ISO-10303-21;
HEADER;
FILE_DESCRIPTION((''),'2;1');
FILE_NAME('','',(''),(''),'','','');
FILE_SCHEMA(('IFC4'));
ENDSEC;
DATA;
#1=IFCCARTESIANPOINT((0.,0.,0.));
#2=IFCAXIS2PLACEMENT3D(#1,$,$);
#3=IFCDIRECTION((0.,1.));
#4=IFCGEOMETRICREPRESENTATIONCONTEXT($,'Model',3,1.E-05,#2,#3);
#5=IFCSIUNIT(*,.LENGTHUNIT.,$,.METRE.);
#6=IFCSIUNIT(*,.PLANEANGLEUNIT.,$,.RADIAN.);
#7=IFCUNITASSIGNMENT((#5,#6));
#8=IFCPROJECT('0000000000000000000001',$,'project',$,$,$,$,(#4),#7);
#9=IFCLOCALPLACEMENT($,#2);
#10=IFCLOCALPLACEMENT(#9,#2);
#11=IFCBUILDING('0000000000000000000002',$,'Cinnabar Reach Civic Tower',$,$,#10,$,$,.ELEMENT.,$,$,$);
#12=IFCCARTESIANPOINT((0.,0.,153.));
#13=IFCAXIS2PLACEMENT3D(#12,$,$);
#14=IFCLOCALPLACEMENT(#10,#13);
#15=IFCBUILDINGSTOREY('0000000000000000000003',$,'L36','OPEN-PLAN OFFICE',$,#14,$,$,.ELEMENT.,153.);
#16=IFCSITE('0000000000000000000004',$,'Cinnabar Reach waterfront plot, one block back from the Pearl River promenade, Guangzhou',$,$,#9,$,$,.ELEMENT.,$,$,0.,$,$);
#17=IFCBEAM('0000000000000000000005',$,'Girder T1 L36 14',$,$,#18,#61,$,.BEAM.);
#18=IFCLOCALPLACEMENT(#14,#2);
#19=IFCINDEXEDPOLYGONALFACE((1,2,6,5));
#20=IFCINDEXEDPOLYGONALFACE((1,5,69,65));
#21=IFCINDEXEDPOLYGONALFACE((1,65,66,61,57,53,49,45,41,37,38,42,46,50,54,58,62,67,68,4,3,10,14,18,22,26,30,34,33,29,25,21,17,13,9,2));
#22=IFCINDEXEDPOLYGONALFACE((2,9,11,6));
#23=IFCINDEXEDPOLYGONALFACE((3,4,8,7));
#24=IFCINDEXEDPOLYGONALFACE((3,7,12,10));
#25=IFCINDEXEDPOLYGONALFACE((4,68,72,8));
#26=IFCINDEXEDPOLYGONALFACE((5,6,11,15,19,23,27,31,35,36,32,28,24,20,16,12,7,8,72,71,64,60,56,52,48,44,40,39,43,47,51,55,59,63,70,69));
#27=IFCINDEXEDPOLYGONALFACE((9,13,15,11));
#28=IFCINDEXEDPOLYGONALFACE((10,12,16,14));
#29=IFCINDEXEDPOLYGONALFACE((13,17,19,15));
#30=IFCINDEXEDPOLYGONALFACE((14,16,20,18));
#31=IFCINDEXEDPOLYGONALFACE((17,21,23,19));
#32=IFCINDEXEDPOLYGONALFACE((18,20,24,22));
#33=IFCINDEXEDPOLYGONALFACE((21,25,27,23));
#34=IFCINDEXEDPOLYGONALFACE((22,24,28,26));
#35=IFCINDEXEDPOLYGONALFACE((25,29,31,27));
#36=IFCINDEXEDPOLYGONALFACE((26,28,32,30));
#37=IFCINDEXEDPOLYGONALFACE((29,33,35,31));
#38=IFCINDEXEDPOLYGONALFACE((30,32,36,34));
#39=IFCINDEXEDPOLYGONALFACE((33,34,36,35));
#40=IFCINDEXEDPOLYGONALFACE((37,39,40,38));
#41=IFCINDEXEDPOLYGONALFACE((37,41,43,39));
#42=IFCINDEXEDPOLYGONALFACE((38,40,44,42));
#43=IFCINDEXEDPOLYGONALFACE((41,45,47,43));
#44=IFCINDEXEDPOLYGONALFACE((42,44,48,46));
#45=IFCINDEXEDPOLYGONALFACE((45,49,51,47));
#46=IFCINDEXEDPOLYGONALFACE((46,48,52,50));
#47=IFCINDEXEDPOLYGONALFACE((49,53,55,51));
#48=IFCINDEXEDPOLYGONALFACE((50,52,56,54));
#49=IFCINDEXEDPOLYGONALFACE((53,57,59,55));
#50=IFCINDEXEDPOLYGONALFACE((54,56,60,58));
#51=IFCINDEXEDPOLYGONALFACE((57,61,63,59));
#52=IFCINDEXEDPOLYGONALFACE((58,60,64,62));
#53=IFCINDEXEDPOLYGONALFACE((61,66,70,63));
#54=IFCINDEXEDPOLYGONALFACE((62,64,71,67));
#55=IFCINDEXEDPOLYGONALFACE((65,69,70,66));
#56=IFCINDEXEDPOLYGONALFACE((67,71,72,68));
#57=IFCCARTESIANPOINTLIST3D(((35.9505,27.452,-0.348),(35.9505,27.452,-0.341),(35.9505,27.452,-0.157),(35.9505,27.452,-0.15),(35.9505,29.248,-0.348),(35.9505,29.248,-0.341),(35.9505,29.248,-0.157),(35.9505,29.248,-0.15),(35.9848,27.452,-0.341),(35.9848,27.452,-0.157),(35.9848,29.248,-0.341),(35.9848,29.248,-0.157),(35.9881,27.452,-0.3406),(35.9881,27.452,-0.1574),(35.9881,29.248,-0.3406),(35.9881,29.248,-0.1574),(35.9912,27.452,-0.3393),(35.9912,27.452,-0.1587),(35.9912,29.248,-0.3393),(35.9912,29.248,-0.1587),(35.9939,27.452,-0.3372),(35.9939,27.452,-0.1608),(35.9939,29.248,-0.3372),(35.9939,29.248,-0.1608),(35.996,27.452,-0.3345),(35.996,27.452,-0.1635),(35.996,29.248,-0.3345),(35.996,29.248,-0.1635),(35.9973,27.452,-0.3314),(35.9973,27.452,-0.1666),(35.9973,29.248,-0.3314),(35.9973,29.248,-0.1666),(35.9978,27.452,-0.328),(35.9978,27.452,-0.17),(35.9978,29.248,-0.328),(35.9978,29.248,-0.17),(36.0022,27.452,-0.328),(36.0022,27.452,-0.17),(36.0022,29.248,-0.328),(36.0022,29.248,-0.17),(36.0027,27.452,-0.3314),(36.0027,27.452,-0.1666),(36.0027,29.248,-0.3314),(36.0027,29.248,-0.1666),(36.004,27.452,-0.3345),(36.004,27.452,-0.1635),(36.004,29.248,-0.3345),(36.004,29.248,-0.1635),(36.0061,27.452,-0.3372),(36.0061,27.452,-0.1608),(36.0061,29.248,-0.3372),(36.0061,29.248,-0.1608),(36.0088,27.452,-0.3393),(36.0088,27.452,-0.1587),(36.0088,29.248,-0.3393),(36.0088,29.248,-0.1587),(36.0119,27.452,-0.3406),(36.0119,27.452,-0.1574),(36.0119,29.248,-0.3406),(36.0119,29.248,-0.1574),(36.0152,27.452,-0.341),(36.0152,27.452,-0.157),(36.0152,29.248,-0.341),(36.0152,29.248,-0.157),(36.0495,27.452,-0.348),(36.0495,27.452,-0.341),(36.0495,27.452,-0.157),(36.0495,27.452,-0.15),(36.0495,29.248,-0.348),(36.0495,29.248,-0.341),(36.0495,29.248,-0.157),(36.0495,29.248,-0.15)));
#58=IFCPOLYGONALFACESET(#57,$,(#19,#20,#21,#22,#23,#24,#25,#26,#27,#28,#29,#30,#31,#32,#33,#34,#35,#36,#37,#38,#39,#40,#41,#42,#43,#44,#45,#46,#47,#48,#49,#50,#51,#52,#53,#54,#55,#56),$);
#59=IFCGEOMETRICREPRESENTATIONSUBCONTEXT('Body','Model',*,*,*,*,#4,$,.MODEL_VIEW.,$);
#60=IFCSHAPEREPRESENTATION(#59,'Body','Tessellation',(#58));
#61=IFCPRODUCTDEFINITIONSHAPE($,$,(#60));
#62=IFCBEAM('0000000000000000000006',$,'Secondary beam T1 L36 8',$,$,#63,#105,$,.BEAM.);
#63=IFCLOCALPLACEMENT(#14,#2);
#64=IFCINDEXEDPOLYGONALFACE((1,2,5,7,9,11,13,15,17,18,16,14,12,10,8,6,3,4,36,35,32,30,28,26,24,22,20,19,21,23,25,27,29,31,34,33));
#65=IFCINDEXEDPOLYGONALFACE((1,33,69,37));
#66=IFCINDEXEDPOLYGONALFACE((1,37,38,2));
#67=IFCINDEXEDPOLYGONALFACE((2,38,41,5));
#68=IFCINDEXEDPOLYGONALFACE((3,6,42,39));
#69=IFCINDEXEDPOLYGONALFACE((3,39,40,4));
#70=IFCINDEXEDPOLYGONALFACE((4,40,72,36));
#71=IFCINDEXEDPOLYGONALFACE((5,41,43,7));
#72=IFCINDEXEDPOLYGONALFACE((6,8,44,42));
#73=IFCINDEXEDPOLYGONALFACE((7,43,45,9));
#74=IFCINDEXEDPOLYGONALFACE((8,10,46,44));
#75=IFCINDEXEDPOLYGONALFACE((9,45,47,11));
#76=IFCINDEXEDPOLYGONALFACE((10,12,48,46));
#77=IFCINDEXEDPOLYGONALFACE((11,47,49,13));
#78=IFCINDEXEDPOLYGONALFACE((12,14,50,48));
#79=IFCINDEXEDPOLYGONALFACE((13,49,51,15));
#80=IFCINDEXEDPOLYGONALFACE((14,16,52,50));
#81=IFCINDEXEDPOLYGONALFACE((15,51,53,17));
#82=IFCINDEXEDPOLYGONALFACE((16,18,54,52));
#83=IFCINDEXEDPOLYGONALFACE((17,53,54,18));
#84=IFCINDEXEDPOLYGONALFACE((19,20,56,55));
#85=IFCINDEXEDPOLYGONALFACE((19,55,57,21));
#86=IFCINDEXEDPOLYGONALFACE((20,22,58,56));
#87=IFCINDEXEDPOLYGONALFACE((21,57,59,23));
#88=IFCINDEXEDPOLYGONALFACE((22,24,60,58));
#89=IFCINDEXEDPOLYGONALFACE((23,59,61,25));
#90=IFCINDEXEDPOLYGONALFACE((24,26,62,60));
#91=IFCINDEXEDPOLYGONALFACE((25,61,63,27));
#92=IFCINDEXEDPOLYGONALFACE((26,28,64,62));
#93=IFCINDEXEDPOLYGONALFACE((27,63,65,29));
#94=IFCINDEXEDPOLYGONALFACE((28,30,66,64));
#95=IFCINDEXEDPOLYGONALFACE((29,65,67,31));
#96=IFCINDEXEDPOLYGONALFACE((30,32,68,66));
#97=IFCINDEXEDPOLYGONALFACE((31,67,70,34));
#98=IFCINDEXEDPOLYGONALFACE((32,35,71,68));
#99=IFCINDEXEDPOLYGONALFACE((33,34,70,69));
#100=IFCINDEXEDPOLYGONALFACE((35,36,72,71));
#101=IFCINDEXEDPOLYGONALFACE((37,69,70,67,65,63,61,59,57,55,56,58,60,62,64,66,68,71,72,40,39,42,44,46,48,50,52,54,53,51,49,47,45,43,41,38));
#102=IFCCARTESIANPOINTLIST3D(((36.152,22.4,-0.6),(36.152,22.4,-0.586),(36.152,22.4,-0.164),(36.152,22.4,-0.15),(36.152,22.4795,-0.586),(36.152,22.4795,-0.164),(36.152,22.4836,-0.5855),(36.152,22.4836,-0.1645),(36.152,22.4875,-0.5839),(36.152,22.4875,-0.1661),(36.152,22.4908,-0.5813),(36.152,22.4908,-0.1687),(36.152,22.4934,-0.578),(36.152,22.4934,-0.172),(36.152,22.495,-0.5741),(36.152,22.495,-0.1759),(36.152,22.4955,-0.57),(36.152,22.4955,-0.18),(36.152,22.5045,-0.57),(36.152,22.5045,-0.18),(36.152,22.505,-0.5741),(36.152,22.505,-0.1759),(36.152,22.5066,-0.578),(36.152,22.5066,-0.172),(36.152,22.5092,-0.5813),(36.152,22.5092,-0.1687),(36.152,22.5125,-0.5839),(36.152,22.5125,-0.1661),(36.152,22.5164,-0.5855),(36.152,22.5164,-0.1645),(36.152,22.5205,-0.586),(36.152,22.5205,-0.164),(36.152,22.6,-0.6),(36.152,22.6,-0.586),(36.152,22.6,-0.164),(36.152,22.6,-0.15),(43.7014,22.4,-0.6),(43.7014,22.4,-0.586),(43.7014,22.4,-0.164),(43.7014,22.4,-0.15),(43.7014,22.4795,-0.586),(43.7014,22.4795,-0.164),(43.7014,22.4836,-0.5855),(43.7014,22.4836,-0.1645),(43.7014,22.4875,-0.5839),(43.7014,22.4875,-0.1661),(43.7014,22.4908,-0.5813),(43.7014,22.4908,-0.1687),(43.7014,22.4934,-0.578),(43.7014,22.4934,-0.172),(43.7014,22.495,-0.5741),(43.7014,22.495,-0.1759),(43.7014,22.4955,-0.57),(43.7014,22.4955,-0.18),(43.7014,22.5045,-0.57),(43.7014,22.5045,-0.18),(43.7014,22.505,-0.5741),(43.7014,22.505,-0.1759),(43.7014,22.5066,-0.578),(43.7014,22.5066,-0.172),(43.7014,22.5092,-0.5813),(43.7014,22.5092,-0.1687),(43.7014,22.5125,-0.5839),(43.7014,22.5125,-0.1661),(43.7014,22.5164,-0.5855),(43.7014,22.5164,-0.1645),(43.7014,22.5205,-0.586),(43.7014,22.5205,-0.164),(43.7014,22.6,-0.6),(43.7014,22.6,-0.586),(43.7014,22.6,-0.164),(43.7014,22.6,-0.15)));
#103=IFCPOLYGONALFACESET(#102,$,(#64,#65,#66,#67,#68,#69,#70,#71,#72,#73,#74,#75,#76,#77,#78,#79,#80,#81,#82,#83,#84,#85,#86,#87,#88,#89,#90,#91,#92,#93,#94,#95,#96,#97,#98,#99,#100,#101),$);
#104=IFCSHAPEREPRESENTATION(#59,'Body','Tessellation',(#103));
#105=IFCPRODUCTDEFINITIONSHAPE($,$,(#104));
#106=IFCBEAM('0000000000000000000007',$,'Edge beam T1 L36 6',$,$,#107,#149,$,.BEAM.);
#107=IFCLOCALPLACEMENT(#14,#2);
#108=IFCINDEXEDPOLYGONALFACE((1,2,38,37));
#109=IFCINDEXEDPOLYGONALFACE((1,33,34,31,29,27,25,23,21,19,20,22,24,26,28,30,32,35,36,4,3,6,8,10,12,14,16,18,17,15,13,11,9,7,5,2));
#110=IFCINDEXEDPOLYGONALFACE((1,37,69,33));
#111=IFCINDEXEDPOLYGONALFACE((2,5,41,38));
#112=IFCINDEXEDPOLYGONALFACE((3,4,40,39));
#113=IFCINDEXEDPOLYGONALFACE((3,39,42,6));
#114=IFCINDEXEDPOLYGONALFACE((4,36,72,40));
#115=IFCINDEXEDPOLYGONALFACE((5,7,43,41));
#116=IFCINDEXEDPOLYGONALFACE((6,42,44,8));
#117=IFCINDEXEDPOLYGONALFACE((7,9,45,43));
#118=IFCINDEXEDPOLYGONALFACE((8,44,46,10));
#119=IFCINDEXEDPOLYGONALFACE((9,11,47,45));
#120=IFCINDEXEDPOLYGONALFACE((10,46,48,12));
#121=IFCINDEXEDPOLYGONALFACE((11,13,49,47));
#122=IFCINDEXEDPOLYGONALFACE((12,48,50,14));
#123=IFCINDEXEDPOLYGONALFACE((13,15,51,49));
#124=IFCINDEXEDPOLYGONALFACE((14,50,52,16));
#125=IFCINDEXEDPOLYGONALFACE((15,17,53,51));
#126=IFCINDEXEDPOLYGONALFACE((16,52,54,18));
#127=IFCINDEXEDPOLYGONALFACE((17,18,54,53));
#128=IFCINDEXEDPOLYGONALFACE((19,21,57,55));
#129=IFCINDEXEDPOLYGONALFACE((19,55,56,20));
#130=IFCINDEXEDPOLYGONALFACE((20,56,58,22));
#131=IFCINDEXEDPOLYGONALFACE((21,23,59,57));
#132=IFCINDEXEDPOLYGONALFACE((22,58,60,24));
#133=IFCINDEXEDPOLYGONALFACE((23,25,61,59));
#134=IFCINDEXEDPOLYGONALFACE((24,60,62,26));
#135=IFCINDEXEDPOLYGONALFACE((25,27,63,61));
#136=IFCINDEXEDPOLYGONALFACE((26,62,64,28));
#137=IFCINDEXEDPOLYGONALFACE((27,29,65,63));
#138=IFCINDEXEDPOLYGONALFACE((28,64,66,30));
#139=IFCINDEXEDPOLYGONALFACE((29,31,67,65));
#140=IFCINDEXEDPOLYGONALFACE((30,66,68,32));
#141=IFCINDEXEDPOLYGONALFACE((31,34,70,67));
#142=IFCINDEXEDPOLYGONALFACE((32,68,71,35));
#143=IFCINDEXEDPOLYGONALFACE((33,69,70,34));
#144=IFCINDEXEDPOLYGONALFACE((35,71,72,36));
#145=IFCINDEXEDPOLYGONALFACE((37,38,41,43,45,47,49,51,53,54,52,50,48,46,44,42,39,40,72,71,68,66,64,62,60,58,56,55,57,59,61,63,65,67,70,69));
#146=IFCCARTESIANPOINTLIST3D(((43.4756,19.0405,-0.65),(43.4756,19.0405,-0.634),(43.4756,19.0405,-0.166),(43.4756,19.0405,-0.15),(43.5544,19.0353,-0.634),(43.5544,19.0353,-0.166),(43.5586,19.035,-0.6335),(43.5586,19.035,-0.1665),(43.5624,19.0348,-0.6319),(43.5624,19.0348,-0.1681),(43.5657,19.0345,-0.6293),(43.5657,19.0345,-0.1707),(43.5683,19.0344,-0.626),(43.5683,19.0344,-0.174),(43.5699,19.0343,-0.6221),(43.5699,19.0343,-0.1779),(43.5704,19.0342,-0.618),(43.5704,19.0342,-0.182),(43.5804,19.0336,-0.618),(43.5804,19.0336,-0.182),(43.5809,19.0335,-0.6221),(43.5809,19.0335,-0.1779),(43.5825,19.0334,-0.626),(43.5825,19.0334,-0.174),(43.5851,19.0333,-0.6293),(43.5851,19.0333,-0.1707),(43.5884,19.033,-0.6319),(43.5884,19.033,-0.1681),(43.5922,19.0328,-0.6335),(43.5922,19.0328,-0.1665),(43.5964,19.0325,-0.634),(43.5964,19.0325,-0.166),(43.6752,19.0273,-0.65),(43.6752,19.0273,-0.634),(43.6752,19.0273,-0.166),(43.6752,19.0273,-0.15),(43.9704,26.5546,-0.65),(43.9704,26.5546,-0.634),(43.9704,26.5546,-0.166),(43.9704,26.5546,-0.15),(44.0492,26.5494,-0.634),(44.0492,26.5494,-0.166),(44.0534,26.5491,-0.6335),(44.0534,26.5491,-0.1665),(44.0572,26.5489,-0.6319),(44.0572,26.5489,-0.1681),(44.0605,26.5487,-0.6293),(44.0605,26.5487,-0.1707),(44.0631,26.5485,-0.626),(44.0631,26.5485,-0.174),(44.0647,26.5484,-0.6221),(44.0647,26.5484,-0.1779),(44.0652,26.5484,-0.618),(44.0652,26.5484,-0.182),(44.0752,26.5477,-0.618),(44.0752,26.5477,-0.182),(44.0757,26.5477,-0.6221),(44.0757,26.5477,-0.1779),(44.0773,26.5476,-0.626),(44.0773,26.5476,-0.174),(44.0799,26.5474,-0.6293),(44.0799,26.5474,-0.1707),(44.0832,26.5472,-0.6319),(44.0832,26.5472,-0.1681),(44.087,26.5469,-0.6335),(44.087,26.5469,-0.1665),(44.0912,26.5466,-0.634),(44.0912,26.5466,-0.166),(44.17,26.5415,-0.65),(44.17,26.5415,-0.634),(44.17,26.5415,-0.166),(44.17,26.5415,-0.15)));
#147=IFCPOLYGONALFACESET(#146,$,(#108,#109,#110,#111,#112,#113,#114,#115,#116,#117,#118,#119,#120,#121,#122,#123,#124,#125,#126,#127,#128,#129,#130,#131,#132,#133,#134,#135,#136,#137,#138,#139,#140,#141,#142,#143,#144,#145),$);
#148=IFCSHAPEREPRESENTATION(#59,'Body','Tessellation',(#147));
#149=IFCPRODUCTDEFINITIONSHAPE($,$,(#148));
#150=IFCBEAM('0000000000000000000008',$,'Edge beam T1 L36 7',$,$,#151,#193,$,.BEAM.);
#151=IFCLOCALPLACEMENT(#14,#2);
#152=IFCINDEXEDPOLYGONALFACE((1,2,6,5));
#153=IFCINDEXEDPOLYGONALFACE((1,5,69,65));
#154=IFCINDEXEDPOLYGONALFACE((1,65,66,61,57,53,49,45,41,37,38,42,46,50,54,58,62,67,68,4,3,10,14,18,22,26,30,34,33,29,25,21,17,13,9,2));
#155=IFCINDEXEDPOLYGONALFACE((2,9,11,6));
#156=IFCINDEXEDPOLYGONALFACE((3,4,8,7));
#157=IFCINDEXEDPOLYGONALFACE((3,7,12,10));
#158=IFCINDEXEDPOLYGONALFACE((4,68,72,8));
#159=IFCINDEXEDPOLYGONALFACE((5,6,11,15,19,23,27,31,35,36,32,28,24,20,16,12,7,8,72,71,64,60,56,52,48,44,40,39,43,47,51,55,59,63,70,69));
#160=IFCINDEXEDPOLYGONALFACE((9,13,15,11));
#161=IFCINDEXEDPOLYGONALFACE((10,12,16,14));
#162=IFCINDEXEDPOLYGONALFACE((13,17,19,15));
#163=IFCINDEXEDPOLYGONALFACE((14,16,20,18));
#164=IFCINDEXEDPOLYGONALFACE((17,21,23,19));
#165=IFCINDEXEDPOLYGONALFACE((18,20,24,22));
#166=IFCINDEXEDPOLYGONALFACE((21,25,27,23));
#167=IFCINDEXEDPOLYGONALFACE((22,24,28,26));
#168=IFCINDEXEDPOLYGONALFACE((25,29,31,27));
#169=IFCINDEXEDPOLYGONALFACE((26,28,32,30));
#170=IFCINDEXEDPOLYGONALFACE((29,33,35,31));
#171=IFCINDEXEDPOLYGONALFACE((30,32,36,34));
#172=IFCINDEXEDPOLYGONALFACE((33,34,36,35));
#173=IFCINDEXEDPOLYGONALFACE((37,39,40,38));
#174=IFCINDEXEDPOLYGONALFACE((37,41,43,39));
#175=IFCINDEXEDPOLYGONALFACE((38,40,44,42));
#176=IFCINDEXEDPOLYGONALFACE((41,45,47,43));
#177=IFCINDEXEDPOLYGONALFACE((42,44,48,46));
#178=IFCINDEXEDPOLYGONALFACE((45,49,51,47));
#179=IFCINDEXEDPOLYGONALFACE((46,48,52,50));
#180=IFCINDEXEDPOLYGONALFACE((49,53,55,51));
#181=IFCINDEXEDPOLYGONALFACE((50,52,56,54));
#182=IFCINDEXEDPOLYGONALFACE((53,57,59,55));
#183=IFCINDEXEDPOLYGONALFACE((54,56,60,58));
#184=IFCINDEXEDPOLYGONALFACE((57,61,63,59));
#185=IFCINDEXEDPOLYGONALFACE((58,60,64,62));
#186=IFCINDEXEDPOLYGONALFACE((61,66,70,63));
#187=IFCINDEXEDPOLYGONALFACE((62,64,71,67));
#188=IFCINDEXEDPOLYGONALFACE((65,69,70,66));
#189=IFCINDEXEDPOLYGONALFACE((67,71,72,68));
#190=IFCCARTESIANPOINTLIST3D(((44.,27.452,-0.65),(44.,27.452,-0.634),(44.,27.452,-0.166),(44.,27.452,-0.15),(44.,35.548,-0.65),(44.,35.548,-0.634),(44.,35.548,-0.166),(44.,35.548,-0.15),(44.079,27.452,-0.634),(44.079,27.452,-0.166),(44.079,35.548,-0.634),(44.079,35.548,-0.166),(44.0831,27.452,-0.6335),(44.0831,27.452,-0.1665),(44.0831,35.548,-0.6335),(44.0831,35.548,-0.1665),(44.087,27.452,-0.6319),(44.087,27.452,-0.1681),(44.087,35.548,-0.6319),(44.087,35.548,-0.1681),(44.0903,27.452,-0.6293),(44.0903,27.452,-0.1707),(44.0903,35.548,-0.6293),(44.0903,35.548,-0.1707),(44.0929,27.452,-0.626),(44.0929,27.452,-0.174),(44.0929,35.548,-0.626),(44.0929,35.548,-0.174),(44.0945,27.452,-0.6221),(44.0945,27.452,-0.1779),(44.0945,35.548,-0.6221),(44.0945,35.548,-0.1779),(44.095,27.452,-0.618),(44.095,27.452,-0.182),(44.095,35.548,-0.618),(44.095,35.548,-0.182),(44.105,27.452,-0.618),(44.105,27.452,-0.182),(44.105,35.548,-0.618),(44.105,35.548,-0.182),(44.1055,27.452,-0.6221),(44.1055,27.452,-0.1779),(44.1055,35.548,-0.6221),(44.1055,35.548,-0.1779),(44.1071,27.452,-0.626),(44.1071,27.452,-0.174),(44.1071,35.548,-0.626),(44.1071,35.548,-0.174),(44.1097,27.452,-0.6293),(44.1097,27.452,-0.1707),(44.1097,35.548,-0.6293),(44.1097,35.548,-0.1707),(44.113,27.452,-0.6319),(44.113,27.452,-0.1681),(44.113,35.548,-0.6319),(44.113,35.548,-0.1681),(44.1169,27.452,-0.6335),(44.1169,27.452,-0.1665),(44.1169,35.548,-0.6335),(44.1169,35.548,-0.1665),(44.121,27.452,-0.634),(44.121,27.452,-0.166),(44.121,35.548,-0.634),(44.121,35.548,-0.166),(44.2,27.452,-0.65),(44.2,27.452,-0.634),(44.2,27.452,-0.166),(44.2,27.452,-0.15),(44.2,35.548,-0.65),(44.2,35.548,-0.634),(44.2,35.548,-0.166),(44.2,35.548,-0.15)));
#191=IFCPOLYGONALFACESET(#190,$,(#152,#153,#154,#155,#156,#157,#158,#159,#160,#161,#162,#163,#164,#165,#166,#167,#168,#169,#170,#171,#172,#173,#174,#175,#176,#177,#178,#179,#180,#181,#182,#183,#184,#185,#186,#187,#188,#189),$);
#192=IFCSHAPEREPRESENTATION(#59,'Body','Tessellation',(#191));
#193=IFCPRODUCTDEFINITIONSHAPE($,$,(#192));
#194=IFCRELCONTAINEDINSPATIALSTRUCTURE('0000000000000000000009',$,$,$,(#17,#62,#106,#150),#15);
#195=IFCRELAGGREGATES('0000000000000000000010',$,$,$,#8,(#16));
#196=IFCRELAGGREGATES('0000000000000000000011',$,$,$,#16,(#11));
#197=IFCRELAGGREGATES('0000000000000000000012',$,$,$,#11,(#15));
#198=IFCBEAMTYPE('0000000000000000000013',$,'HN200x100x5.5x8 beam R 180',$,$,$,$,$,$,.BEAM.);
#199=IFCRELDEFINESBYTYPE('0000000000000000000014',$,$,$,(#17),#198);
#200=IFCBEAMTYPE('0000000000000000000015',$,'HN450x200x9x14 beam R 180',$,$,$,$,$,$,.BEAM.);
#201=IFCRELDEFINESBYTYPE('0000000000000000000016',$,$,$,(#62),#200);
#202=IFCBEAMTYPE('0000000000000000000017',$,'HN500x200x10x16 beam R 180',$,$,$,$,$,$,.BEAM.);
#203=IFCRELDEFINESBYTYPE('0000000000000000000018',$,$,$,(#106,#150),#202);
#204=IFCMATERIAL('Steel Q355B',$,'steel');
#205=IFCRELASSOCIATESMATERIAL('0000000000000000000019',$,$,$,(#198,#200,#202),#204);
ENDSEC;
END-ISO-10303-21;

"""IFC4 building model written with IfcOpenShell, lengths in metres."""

from ifc_helpers import new_model, si_unit, direction, frame, origin, origin_2d, place, context, subcontext, project, spatial, i_section, extrude, material, material_profile, profile_set, type_object, element, save


model = new_model("IFC4")

# Units and contexts
model_context = context("Model", 3, precision=1e-05, world=origin(), true_north=direction((0.0, 1.0)))
body_context = subcontext(model_context, "Body", "Model", "MODEL_VIEW")
ifc_project = project(units=[si_unit("LENGTHUNIT", "METRE"), si_unit("PLANEANGLEUNIT", "RADIAN")], contexts=[model_context])

# Site, building, storey
site_placement = place(None, origin())
site = spatial("IfcSite", under=ifc_project, at=site_placement, Name="Cinnabar Reach waterfront plot, one block back from the Pearl River promenade, Guangzhou", CompositionType="ELEMENT", RefElevation=0.0)
building_placement = place(site_placement, origin())
building = spatial("IfcBuilding", under=site, at=building_placement, Name="Cinnabar Reach Civic Tower", CompositionType="ELEMENT")
storey_placement = place(building_placement, frame((0.0, 0.0, 153.0)))
storey = spatial("IfcBuildingStorey", under=building, at=storey_placement, Name="L36", Description="OPEN-PLAN OFFICE", CompositionType="ELEMENT", Elevation=153.0)

# Beams
ifc_material_1 = material(Name="Steel Q355B", Category="steel")
ifc_material_profile_1 = material_profile(ifc_material_1, i_section(OverallWidth=0.099, OverallDepth=0.198, WebThickness=0.0045, FlangeThickness=0.007, FilletRadius=0.013, at=origin_2d()), Name="HN200x100x5.5x8")
ifc_profile_set_1 = profile_set([ifc_material_profile_1], Name="Steel Q355B")
beam_type_1 = type_object("IfcBeamType", Name="HN200x100x5.5x8 beam R 180", PredefinedType="BEAM", material=ifc_profile_set_1)
beam_1_placement = place(storey_placement, frame((36.0, 27.452, -0.249), z_axis=(0.0, 1.0, 0.0), x_axis=(-1.0, 0.0, 0.0)))
element("IfcBeam", 1, at=beam_1_placement, inside=storey, type_object=beam_type_1, Name="Girder T1 L36 14", PredefinedType="BEAM", context=body_context, shape_type="SweptSolid", body=[
    extrude(i_section(OverallWidth=0.099, OverallDepth=0.198, WebThickness=0.0045, FlangeThickness=0.007, FilletRadius=0.013, at=origin_2d()), origin(), (0.0, 0.0, 1.0), 1.796),
])
ifc_material_profile_2 = material_profile(ifc_material_1, i_section(OverallWidth=0.2, OverallDepth=0.45, WebThickness=0.009, FlangeThickness=0.014, FilletRadius=0.016, at=origin_2d()), Name="HN450x200x9x14")
ifc_profile_set_2 = profile_set([ifc_material_profile_2], Name="Steel Q355B")
beam_type_2 = type_object("IfcBeamType", Name="HN450x200x9x14 beam R 180", PredefinedType="BEAM", material=ifc_profile_set_2)
beam_2_placement = place(storey_placement, frame((36.152, 22.5, -0.375), z_axis=(1.0, 0.0, 0.0), x_axis=(0.0, 1.0, 0.0)))
element("IfcBeam", 2, at=beam_2_placement, inside=storey, type_object=beam_type_2, Name="Secondary beam T1 L36 8", PredefinedType="BEAM", context=body_context, shape_type="SweptSolid", body=[
    extrude(i_section(OverallWidth=0.2, OverallDepth=0.45, WebThickness=0.009, FlangeThickness=0.014, FilletRadius=0.016, at=origin_2d()), origin(), (0.0, 0.0, 1.0), 7.5494),
])
ifc_material_profile_3 = material_profile(ifc_material_1, i_section(OverallWidth=0.2, OverallDepth=0.5, WebThickness=0.01, FlangeThickness=0.016, FilletRadius=0.016, at=origin_2d()), Name="HN500x200x10x16")
ifc_profile_set_3 = profile_set([ifc_material_profile_3], Name="Steel Q355B")
beam_type_3 = type_object("IfcBeamType", Name="HN500x200x10x16 beam R 180", PredefinedType="BEAM", material=ifc_profile_set_3)
beam_3_placement = place(storey_placement, frame((43.5754, 19.0339, -0.4), z_axis=(0.065707, 0.997839, 0.0), x_axis=(-0.997839, 0.065707, 0.0)))
element("IfcBeam", 3, at=beam_3_placement, inside=storey, type_object=beam_type_3, Name="Edge beam T1 L36 6", PredefinedType="BEAM", context=body_context, shape_type="SweptSolid", body=[
    extrude(i_section(OverallWidth=0.2, OverallDepth=0.5, WebThickness=0.01, FlangeThickness=0.016, FilletRadius=0.016, at=origin_2d()), origin(), (0.0, 0.0, 1.0), 7.5304),
])
beam_4_placement = place(storey_placement, frame((44.1, 27.452, -0.4), z_axis=(0.0, 1.0, 0.0), x_axis=(-1.0, 0.0, 0.0)))
element("IfcBeam", 4, at=beam_4_placement, inside=storey, type_object=beam_type_3, Name="Edge beam T1 L36 7", PredefinedType="BEAM", context=body_context, shape_type="SweptSolid", body=[
    extrude(i_section(OverallWidth=0.2, OverallDepth=0.5, WebThickness=0.01, FlangeThickness=0.016, FilletRadius=0.016, at=origin_2d()), origin(), (0.0, 0.0, 1.0), 8.096),
])

save(model, "model.ifc")
